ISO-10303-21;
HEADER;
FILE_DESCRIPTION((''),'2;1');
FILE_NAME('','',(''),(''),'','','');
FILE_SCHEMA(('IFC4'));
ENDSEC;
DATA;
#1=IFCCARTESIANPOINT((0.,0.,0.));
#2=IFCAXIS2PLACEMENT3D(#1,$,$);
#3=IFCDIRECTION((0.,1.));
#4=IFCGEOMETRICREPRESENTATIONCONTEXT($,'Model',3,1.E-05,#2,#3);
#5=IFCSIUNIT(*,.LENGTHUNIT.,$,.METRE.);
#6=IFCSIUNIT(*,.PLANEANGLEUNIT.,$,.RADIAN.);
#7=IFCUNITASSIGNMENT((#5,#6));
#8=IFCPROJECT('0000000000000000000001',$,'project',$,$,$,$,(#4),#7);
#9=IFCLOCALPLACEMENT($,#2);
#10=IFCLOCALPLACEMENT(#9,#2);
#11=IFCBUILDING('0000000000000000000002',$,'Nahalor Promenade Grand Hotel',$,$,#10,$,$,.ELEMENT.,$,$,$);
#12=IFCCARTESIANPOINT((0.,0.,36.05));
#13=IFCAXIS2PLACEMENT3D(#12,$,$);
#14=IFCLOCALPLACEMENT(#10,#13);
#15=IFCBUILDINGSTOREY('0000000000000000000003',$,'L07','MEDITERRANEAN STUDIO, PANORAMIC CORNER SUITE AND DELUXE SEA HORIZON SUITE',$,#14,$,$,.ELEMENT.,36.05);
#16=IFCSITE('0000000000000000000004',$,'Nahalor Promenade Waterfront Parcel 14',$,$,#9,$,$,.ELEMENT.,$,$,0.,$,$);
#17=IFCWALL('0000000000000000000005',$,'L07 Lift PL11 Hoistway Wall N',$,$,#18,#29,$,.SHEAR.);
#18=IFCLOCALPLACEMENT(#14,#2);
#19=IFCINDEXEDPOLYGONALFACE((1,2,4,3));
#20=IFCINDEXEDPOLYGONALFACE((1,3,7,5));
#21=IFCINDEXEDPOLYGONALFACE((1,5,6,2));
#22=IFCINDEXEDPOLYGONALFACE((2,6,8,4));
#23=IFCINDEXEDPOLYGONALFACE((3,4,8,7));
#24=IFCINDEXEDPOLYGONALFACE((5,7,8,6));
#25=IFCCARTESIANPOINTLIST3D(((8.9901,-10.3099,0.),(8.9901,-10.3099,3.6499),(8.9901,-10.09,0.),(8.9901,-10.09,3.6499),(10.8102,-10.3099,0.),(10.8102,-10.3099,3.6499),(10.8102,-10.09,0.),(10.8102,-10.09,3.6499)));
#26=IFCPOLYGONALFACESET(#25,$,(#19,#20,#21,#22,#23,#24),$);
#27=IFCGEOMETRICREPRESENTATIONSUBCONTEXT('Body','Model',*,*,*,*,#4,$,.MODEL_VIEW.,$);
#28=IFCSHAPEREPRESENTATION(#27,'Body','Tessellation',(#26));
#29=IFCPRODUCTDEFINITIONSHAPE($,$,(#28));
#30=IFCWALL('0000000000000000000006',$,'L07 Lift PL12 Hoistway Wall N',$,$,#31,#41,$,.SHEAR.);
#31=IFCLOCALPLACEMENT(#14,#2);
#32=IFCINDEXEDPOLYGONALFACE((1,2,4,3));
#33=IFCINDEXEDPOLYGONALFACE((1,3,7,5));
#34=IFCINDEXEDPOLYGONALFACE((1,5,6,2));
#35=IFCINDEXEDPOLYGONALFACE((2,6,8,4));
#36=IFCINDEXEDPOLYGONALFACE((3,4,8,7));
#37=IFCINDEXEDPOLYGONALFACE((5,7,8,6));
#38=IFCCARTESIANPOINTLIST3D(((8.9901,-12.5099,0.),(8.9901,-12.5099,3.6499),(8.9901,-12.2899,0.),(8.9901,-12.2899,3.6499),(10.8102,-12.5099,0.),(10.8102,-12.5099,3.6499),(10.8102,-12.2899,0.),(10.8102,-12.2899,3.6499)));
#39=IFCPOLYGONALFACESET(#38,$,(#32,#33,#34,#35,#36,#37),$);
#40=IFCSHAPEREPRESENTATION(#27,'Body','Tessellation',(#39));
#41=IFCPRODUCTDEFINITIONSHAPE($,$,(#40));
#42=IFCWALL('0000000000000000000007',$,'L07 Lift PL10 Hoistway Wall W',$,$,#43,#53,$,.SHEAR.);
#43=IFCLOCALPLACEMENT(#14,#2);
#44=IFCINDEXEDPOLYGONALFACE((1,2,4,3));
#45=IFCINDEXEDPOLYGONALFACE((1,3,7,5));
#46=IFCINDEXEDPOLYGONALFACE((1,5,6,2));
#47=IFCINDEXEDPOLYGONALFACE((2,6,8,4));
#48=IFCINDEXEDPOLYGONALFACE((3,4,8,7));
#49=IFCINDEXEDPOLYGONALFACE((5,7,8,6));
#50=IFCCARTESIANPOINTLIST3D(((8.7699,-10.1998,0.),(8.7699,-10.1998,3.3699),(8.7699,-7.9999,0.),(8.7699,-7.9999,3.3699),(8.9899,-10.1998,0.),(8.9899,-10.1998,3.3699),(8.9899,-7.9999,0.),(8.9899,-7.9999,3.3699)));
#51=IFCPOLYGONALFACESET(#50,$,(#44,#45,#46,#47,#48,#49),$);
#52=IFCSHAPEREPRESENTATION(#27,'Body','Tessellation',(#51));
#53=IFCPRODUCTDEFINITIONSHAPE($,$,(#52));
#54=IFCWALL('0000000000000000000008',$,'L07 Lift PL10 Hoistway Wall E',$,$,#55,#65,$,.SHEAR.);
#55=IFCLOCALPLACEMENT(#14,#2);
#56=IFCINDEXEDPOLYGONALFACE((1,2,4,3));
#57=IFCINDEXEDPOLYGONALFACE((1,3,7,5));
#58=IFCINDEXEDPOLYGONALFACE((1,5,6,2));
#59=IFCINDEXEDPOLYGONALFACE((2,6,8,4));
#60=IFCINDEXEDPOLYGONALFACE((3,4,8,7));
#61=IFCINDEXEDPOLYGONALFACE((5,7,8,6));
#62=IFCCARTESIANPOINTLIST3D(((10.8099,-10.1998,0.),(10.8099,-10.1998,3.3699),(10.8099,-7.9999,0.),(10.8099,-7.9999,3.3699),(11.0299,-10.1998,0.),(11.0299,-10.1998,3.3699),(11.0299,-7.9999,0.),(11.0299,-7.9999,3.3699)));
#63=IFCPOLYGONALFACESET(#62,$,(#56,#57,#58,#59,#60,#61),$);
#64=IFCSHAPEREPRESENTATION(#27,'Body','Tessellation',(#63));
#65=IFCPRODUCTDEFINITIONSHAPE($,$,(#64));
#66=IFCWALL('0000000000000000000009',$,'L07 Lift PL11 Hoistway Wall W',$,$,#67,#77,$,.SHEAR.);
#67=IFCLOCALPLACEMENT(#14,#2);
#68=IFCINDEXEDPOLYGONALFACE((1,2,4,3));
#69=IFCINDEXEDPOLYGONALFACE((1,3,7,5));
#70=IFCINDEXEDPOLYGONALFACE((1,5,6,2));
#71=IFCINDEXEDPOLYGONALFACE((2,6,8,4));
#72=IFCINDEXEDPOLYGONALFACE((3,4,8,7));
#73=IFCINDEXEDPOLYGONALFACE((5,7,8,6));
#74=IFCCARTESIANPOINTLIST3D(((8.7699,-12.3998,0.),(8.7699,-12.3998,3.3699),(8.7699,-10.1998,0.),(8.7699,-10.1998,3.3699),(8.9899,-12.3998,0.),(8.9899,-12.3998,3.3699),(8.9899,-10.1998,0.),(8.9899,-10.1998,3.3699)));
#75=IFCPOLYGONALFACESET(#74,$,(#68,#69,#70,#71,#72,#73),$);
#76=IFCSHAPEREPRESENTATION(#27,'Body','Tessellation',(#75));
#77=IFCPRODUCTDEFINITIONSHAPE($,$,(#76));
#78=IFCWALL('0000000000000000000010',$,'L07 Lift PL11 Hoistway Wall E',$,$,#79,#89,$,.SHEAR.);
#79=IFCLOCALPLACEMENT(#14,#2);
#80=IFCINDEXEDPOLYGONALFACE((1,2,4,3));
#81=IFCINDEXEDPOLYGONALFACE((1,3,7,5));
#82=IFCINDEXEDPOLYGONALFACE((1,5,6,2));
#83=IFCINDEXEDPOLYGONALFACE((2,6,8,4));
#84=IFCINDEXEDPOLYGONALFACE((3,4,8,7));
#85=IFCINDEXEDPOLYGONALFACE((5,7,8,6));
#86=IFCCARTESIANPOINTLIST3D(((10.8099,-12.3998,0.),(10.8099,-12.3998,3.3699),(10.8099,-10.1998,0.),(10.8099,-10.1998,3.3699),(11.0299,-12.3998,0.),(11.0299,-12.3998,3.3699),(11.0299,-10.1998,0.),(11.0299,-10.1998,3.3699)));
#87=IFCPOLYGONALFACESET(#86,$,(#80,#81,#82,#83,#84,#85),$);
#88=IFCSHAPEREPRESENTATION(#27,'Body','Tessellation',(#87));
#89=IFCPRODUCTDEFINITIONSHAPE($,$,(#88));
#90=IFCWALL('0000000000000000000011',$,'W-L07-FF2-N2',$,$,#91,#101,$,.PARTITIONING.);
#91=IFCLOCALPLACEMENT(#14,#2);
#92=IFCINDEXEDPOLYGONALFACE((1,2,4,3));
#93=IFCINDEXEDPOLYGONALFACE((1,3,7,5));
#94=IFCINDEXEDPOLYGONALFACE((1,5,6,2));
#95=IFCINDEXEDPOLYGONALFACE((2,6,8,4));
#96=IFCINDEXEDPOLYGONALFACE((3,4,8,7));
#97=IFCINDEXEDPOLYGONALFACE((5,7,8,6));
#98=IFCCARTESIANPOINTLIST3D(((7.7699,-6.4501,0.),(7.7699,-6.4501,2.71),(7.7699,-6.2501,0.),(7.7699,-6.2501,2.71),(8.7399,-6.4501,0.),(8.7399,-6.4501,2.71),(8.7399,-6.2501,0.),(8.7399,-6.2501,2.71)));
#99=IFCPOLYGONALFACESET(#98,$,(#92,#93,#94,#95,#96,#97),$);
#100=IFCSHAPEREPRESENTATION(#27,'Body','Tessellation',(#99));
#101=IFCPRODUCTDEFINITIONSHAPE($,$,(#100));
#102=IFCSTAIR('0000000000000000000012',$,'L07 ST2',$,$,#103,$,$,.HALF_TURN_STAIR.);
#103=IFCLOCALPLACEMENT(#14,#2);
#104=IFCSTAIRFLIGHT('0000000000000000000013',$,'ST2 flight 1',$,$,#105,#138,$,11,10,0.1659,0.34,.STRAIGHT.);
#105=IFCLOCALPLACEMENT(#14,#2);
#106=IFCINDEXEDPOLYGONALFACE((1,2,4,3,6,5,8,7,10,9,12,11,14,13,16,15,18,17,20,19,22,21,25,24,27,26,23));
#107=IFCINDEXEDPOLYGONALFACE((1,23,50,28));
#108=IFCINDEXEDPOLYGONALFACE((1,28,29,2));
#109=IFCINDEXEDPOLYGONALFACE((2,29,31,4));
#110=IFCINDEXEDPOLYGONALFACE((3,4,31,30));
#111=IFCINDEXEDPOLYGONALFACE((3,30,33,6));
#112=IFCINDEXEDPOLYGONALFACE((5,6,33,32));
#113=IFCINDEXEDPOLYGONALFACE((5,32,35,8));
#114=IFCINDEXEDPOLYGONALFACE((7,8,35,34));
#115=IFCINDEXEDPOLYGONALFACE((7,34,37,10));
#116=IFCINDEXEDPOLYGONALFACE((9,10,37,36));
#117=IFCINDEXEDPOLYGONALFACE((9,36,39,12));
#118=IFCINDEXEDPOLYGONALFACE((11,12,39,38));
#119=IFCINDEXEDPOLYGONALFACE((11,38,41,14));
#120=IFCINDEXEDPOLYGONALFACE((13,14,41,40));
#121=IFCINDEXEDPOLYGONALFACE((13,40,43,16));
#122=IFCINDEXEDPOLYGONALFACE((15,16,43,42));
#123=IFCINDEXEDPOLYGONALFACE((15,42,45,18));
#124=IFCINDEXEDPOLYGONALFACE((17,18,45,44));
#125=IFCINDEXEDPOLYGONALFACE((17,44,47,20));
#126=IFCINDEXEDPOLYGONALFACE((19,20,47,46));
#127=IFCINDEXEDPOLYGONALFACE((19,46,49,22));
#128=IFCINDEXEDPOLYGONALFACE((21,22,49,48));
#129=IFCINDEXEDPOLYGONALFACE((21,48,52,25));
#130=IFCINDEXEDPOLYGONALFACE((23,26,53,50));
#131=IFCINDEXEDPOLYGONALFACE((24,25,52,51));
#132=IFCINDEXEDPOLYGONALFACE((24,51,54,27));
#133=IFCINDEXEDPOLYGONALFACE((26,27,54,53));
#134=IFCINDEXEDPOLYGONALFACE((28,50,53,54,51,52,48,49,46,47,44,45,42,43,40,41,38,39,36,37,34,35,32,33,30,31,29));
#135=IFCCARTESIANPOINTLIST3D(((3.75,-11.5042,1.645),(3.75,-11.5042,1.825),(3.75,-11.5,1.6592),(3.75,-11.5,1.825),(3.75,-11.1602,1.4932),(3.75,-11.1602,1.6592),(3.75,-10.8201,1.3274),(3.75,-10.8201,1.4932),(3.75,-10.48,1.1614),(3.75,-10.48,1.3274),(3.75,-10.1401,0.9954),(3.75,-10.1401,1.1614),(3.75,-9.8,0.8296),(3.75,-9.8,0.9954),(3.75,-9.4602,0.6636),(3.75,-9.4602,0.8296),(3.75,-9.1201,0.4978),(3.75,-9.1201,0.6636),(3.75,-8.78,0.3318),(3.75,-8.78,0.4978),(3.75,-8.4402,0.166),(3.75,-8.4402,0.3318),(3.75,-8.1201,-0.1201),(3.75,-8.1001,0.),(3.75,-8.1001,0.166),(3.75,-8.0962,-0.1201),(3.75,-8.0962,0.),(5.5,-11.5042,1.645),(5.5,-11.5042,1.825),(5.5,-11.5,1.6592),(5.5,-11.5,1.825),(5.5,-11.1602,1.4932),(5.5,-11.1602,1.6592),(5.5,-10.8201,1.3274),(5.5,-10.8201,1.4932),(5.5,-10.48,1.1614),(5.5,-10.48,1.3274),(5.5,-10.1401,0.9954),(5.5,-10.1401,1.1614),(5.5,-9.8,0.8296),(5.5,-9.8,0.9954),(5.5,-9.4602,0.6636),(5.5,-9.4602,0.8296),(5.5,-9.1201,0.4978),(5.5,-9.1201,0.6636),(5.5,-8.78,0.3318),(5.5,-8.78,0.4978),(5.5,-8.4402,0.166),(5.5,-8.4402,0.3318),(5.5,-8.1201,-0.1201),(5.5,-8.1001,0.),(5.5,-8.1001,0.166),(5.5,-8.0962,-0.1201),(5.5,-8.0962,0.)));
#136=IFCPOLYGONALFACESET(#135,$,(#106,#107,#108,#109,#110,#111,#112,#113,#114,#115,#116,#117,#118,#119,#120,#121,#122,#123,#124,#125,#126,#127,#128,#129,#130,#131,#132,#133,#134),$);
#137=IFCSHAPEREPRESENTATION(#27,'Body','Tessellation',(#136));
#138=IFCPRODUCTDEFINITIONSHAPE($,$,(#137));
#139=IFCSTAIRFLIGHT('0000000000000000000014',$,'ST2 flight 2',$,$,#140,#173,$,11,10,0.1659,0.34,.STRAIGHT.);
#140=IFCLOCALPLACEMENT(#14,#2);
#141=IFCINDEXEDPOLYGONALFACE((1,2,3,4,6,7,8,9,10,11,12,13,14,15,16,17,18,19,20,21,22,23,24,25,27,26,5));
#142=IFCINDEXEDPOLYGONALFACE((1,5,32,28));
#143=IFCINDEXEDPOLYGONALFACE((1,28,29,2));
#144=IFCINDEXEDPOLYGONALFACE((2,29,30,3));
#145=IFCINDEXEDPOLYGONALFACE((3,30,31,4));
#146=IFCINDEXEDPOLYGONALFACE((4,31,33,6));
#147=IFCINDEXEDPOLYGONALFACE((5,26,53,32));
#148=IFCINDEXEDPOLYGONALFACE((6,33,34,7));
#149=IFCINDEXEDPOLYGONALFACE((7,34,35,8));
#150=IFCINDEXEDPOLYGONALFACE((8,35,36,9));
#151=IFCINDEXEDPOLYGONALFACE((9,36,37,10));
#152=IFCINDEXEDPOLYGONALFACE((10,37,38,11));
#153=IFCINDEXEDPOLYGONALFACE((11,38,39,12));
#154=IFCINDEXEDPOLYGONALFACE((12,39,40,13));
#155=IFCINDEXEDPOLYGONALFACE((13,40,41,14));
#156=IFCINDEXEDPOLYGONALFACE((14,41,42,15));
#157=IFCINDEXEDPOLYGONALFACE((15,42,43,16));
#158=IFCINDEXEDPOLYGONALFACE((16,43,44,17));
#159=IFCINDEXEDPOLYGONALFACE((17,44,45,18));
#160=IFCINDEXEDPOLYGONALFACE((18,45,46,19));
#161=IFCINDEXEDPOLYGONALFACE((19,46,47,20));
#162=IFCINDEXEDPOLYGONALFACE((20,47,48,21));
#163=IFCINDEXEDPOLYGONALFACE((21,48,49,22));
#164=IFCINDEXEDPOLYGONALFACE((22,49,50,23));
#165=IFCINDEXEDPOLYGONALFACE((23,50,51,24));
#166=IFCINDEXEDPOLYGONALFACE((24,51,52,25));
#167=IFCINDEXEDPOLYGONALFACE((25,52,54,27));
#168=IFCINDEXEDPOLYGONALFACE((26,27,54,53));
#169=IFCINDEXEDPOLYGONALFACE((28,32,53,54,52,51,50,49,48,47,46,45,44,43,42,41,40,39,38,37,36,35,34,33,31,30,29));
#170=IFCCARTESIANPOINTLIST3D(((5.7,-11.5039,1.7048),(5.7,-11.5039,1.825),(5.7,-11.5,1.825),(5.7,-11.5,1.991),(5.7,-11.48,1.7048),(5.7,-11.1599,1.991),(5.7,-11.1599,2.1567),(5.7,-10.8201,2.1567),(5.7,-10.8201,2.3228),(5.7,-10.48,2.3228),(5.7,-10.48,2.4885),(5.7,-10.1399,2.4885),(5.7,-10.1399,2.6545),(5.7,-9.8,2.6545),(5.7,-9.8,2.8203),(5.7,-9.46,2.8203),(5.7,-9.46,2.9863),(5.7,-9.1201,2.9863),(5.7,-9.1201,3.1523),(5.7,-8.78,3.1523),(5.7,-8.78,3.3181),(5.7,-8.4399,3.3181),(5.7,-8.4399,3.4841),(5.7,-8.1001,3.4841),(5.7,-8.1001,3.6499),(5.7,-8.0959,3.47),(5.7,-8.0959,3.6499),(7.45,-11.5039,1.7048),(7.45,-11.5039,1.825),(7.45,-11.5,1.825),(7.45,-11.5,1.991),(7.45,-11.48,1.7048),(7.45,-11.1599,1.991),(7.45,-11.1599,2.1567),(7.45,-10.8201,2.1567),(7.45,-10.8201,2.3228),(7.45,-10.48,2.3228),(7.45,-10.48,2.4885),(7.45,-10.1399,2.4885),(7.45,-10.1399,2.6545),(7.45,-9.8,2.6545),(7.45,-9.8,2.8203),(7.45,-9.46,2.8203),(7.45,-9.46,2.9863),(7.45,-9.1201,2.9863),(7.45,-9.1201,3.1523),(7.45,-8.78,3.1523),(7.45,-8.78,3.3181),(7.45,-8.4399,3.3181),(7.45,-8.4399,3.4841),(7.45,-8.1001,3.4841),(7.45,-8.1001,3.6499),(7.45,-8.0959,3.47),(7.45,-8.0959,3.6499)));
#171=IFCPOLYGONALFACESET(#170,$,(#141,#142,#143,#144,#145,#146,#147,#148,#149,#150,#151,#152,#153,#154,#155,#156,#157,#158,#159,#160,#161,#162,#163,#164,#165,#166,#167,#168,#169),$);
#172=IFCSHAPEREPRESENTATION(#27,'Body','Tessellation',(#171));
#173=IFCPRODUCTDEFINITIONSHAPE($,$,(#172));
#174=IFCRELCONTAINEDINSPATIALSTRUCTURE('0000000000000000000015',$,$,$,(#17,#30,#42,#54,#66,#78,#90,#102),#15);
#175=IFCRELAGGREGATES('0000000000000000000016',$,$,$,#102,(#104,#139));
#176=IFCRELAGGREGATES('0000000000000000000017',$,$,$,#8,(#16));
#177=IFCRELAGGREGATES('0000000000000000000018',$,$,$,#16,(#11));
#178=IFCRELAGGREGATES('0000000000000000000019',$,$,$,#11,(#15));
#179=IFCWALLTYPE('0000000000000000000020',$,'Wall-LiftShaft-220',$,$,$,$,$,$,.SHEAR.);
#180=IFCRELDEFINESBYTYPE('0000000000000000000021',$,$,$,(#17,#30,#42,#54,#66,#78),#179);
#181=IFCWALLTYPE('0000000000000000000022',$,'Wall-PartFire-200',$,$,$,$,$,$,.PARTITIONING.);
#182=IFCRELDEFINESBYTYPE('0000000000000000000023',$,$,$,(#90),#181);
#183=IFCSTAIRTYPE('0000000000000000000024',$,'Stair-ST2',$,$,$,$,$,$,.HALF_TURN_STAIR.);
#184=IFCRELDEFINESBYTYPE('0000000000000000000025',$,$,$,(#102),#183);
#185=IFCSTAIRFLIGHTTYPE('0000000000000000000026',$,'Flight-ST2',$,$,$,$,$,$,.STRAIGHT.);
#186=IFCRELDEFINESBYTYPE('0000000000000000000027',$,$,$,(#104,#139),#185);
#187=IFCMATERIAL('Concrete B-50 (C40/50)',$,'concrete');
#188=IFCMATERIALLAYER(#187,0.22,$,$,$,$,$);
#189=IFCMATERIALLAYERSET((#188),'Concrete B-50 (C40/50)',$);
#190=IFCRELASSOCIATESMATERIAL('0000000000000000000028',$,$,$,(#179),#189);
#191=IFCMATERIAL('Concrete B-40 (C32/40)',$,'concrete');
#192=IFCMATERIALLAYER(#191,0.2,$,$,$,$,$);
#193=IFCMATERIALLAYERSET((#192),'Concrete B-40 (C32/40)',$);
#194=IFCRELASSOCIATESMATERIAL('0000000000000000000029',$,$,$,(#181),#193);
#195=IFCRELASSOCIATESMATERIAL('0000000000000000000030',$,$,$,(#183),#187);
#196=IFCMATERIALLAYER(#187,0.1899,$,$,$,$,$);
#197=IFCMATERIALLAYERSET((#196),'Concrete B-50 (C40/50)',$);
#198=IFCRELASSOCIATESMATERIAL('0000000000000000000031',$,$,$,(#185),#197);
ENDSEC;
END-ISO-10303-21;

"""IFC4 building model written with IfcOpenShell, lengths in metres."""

from ifc_helpers import new_model, si_unit, direction, frame, frame_2d, origin, place, context, subcontext, project, spatial, polyline, rectangle, outline, extrude, source, transform, mapped, material, layer, layer_set, type_object, element, aggregate, save


model = new_model("IFC4")

# Units and contexts
model_context = context("Model", 3, precision=1e-05, world=origin(), true_north=direction((0.0, 1.0)))
body_context = subcontext(model_context, "Body", "Model", "MODEL_VIEW")
ifc_project = project(units=[si_unit("LENGTHUNIT", "METRE"), si_unit("PLANEANGLEUNIT", "RADIAN")], contexts=[model_context])

# Site, building, storey
site_placement = place(None, origin())
site = spatial("IfcSite", under=ifc_project, at=site_placement, Name="Nahalor Promenade Waterfront Parcel 14", CompositionType="ELEMENT", RefElevation=0.0)
building_placement = place(site_placement, origin())
building = spatial("IfcBuilding", under=site, at=building_placement, Name="Nahalor Promenade Grand Hotel", CompositionType="ELEMENT")
storey_placement = place(building_placement, frame((0.0, 0.0, 36.05)))
storey = spatial("IfcBuildingStorey", under=building, at=storey_placement, Name="L07", Description="MEDITERRANEAN STUDIO, PANORAMIC CORNER SUITE AND DELUXE SEA HORIZON SUITE", CompositionType="ELEMENT", Elevation=36.05)

# Walls
ifc_material_1 = material(Name="Concrete B-50 (C40/50)", Category="concrete")
ifc_layer_1 = layer(ifc_material_1, 0.22)
ifc_layer_set_1 = layer_set([ifc_layer_1], Name="Concrete B-50 (C40/50)")
wall_type_1 = type_object("IfcWallType", Name="Wall-LiftShaft-220", PredefinedType="SHEAR", material=ifc_layer_set_1)
shared_shape_1 = source(origin(), body_context, "Body", "SweptSolid", [
    extrude(rectangle(XDim=1.8201, YDim=0.22, at=frame_2d((0.9102, 0.0))), origin(), (0.0, 0.0, 1.0), 3.6499),
])
for number, where, z_axis, x_axis, name in (
    (1, (8.99, -10.2, 0.0), (0.0, 0.0, 1.0), (1.0, 0.0, 0.0), "L07 Lift PL11 Hoistway Wall N"),
    (2, (8.99, -12.3999, 0.0), (0.0, 0.0, 1.0), (1.0, 0.0, 0.0), "L07 Lift PL12 Hoistway Wall N"),
):
    element("IfcWall", number, at=place(storey_placement, frame(where, z_axis=z_axis, x_axis=x_axis)), inside=storey, type_object=wall_type_1, Name=name, PredefinedType="SHEAR", context=body_context, shape_type="MappedRepresentation", body=[
        mapped(shared_shape_1, transform((0.0, 0.0, 0.0), scale=1.0)),
    ])
shared_shape_2 = source(origin(), body_context, "Body", "SweptSolid", [
    extrude(rectangle(XDim=2.2, YDim=0.22, at=frame_2d((1.1001, 0.0))), origin(), (0.0, 0.0, 1.0), 3.3699),
])
for number, where, z_axis, x_axis, name in (
    (3, (8.8799, -10.2, 0.0), (0.0, 0.0, 1.0), (0.0, 1.0, 0.0), "L07 Lift PL10 Hoistway Wall W"),
    (4, (10.9199, -10.2, 0.0), (0.0, 0.0, 1.0), (0.0, 1.0, 0.0), "L07 Lift PL10 Hoistway Wall E"),
    (5, (8.8799, -12.3999, 0.0), (0.0, 0.0, 1.0), (0.0, 1.0, 0.0), "L07 Lift PL11 Hoistway Wall W"),
    (6, (10.9199, -12.3999, 0.0), (0.0, 0.0, 1.0), (0.0, 1.0, 0.0), "L07 Lift PL11 Hoistway Wall E"),
):
    element("IfcWall", number, at=place(storey_placement, frame(where, z_axis=z_axis, x_axis=x_axis)), inside=storey, type_object=wall_type_1, Name=name, PredefinedType="SHEAR", context=body_context, shape_type="MappedRepresentation", body=[
        mapped(shared_shape_2, transform((0.0, 0.0, 0.0), scale=1.0)),
    ])
ifc_material_2 = material(Name="Concrete B-40 (C32/40)", Category="concrete")
ifc_layer_2 = layer(ifc_material_2, 0.2)
ifc_layer_set_2 = layer_set([ifc_layer_2], Name="Concrete B-40 (C32/40)")
wall_type_2 = type_object("IfcWallType", Name="Wall-PartFire-200", PredefinedType="PARTITIONING", material=ifc_layer_set_2)
shared_shape_3 = source(origin(), body_context, "Body", "SweptSolid", [
    extrude(rectangle(XDim=0.97, YDim=0.2, at=frame_2d((0.4849, 0.0))), origin(), (0.0, 0.0, 1.0), 2.71),
])
wall_1_placement = place(storey_placement, frame((7.77, -6.3501, 0.0), z_axis=(0.0, 0.0, 1.0), x_axis=(1.0, 0.0, 0.0)))
element("IfcWall", 7, at=wall_1_placement, inside=storey, type_object=wall_type_2, Name="W-L07-FF2-N2", PredefinedType="PARTITIONING", context=body_context, shape_type="MappedRepresentation", body=[
    mapped(shared_shape_3, transform((0.0, 0.0, 0.0), scale=1.0)),
])

# Stair, stair flights
stair_type = type_object("IfcStairType", Name="Stair-ST2", PredefinedType="HALF_TURN_STAIR", material=ifc_material_1)
stair_placement = place(storey_placement, origin())
stair = element("IfcStair", 8, at=stair_placement, inside=storey, type_object=stair_type, Name="L07 ST2", PredefinedType="HALF_TURN_STAIR")
ifc_layer_3 = layer(ifc_material_1, 0.1899)
ifc_layer_set_3 = layer_set([ifc_layer_3], Name="Concrete B-50 (C40/50)")
stair_flight_type = type_object("IfcStairFlightType", Name="Flight-ST2", PredefinedType="STRAIGHT", material=ifc_layer_set_3)
shared_shape_4 = source(origin(), body_context, "Body", "SweptSolid", [
    extrude(outline(polyline([(-0.0039, -0.1201), (-0.0039, 0.0), (0.0, 0.0), (0.0, 0.166), (0.3401, 0.166), (0.3401, 0.3318), (0.6799, 0.3318), (0.6799, 0.4978), (1.02, 0.4978), (1.02, 0.6636), (1.3601, 0.6636), (1.3601, 0.8296), (1.7, 0.8296), (1.7, 0.9954), (2.04, 0.9954), (2.04, 1.1614), (2.3799, 1.1614), (2.3799, 1.3274), (2.72, 1.3274), (2.72, 1.4932), (3.0601, 1.4932), (3.0601, 1.6592), (3.3999, 1.6592), (3.3999, 1.825), (3.4041, 1.825), (3.4041, 1.645), (0.02, -0.1201), (-0.0039, -0.1201)])), frame((0.0, 0.875, 0.0), z_axis=(0.0, -1.0, 0.0), x_axis=(1.0, 0.0, 0.0)), (0.0, 0.0, 1.0), 1.75),
])
stair_flight_1_placement = place(storey_placement, frame((4.625, -8.1001, 0.0), z_axis=(0.0, 0.0, 1.0), x_axis=(0.0, -1.0, 0.0)))
stair_flight_1 = element("IfcStairFlight", 9, at=stair_flight_1_placement, type_object=stair_flight_type, Name="ST2 flight 1", NumberOfRisers=11, NumberOfTreads=10, PredefinedType="STRAIGHT", RiserHeight=0.1659, TreadLength=0.34, context=body_context, shape_type="MappedRepresentation", body=[
    mapped(shared_shape_4, transform((0.0, 0.0, 0.0), scale=1.0)),
])
stair_flight_2_placement = place(storey_placement, frame((6.575, -11.5, 1.825), z_axis=(0.0, 0.0, 1.0), x_axis=(0.0, 1.0, 0.0)))
stair_flight_2 = element("IfcStairFlight", 10, at=stair_flight_2_placement, type_object=stair_flight_type, Name="ST2 flight 2", NumberOfRisers=11, NumberOfTreads=10, PredefinedType="STRAIGHT", RiserHeight=0.1659, TreadLength=0.34, context=body_context, shape_type="MappedRepresentation", body=[
    mapped(shared_shape_4, transform((0.0, 0.0, 0.0), scale=1.0)),
])
aggregate(stair, [stair_flight_1, stair_flight_2])

save(model, "model.ifc")
